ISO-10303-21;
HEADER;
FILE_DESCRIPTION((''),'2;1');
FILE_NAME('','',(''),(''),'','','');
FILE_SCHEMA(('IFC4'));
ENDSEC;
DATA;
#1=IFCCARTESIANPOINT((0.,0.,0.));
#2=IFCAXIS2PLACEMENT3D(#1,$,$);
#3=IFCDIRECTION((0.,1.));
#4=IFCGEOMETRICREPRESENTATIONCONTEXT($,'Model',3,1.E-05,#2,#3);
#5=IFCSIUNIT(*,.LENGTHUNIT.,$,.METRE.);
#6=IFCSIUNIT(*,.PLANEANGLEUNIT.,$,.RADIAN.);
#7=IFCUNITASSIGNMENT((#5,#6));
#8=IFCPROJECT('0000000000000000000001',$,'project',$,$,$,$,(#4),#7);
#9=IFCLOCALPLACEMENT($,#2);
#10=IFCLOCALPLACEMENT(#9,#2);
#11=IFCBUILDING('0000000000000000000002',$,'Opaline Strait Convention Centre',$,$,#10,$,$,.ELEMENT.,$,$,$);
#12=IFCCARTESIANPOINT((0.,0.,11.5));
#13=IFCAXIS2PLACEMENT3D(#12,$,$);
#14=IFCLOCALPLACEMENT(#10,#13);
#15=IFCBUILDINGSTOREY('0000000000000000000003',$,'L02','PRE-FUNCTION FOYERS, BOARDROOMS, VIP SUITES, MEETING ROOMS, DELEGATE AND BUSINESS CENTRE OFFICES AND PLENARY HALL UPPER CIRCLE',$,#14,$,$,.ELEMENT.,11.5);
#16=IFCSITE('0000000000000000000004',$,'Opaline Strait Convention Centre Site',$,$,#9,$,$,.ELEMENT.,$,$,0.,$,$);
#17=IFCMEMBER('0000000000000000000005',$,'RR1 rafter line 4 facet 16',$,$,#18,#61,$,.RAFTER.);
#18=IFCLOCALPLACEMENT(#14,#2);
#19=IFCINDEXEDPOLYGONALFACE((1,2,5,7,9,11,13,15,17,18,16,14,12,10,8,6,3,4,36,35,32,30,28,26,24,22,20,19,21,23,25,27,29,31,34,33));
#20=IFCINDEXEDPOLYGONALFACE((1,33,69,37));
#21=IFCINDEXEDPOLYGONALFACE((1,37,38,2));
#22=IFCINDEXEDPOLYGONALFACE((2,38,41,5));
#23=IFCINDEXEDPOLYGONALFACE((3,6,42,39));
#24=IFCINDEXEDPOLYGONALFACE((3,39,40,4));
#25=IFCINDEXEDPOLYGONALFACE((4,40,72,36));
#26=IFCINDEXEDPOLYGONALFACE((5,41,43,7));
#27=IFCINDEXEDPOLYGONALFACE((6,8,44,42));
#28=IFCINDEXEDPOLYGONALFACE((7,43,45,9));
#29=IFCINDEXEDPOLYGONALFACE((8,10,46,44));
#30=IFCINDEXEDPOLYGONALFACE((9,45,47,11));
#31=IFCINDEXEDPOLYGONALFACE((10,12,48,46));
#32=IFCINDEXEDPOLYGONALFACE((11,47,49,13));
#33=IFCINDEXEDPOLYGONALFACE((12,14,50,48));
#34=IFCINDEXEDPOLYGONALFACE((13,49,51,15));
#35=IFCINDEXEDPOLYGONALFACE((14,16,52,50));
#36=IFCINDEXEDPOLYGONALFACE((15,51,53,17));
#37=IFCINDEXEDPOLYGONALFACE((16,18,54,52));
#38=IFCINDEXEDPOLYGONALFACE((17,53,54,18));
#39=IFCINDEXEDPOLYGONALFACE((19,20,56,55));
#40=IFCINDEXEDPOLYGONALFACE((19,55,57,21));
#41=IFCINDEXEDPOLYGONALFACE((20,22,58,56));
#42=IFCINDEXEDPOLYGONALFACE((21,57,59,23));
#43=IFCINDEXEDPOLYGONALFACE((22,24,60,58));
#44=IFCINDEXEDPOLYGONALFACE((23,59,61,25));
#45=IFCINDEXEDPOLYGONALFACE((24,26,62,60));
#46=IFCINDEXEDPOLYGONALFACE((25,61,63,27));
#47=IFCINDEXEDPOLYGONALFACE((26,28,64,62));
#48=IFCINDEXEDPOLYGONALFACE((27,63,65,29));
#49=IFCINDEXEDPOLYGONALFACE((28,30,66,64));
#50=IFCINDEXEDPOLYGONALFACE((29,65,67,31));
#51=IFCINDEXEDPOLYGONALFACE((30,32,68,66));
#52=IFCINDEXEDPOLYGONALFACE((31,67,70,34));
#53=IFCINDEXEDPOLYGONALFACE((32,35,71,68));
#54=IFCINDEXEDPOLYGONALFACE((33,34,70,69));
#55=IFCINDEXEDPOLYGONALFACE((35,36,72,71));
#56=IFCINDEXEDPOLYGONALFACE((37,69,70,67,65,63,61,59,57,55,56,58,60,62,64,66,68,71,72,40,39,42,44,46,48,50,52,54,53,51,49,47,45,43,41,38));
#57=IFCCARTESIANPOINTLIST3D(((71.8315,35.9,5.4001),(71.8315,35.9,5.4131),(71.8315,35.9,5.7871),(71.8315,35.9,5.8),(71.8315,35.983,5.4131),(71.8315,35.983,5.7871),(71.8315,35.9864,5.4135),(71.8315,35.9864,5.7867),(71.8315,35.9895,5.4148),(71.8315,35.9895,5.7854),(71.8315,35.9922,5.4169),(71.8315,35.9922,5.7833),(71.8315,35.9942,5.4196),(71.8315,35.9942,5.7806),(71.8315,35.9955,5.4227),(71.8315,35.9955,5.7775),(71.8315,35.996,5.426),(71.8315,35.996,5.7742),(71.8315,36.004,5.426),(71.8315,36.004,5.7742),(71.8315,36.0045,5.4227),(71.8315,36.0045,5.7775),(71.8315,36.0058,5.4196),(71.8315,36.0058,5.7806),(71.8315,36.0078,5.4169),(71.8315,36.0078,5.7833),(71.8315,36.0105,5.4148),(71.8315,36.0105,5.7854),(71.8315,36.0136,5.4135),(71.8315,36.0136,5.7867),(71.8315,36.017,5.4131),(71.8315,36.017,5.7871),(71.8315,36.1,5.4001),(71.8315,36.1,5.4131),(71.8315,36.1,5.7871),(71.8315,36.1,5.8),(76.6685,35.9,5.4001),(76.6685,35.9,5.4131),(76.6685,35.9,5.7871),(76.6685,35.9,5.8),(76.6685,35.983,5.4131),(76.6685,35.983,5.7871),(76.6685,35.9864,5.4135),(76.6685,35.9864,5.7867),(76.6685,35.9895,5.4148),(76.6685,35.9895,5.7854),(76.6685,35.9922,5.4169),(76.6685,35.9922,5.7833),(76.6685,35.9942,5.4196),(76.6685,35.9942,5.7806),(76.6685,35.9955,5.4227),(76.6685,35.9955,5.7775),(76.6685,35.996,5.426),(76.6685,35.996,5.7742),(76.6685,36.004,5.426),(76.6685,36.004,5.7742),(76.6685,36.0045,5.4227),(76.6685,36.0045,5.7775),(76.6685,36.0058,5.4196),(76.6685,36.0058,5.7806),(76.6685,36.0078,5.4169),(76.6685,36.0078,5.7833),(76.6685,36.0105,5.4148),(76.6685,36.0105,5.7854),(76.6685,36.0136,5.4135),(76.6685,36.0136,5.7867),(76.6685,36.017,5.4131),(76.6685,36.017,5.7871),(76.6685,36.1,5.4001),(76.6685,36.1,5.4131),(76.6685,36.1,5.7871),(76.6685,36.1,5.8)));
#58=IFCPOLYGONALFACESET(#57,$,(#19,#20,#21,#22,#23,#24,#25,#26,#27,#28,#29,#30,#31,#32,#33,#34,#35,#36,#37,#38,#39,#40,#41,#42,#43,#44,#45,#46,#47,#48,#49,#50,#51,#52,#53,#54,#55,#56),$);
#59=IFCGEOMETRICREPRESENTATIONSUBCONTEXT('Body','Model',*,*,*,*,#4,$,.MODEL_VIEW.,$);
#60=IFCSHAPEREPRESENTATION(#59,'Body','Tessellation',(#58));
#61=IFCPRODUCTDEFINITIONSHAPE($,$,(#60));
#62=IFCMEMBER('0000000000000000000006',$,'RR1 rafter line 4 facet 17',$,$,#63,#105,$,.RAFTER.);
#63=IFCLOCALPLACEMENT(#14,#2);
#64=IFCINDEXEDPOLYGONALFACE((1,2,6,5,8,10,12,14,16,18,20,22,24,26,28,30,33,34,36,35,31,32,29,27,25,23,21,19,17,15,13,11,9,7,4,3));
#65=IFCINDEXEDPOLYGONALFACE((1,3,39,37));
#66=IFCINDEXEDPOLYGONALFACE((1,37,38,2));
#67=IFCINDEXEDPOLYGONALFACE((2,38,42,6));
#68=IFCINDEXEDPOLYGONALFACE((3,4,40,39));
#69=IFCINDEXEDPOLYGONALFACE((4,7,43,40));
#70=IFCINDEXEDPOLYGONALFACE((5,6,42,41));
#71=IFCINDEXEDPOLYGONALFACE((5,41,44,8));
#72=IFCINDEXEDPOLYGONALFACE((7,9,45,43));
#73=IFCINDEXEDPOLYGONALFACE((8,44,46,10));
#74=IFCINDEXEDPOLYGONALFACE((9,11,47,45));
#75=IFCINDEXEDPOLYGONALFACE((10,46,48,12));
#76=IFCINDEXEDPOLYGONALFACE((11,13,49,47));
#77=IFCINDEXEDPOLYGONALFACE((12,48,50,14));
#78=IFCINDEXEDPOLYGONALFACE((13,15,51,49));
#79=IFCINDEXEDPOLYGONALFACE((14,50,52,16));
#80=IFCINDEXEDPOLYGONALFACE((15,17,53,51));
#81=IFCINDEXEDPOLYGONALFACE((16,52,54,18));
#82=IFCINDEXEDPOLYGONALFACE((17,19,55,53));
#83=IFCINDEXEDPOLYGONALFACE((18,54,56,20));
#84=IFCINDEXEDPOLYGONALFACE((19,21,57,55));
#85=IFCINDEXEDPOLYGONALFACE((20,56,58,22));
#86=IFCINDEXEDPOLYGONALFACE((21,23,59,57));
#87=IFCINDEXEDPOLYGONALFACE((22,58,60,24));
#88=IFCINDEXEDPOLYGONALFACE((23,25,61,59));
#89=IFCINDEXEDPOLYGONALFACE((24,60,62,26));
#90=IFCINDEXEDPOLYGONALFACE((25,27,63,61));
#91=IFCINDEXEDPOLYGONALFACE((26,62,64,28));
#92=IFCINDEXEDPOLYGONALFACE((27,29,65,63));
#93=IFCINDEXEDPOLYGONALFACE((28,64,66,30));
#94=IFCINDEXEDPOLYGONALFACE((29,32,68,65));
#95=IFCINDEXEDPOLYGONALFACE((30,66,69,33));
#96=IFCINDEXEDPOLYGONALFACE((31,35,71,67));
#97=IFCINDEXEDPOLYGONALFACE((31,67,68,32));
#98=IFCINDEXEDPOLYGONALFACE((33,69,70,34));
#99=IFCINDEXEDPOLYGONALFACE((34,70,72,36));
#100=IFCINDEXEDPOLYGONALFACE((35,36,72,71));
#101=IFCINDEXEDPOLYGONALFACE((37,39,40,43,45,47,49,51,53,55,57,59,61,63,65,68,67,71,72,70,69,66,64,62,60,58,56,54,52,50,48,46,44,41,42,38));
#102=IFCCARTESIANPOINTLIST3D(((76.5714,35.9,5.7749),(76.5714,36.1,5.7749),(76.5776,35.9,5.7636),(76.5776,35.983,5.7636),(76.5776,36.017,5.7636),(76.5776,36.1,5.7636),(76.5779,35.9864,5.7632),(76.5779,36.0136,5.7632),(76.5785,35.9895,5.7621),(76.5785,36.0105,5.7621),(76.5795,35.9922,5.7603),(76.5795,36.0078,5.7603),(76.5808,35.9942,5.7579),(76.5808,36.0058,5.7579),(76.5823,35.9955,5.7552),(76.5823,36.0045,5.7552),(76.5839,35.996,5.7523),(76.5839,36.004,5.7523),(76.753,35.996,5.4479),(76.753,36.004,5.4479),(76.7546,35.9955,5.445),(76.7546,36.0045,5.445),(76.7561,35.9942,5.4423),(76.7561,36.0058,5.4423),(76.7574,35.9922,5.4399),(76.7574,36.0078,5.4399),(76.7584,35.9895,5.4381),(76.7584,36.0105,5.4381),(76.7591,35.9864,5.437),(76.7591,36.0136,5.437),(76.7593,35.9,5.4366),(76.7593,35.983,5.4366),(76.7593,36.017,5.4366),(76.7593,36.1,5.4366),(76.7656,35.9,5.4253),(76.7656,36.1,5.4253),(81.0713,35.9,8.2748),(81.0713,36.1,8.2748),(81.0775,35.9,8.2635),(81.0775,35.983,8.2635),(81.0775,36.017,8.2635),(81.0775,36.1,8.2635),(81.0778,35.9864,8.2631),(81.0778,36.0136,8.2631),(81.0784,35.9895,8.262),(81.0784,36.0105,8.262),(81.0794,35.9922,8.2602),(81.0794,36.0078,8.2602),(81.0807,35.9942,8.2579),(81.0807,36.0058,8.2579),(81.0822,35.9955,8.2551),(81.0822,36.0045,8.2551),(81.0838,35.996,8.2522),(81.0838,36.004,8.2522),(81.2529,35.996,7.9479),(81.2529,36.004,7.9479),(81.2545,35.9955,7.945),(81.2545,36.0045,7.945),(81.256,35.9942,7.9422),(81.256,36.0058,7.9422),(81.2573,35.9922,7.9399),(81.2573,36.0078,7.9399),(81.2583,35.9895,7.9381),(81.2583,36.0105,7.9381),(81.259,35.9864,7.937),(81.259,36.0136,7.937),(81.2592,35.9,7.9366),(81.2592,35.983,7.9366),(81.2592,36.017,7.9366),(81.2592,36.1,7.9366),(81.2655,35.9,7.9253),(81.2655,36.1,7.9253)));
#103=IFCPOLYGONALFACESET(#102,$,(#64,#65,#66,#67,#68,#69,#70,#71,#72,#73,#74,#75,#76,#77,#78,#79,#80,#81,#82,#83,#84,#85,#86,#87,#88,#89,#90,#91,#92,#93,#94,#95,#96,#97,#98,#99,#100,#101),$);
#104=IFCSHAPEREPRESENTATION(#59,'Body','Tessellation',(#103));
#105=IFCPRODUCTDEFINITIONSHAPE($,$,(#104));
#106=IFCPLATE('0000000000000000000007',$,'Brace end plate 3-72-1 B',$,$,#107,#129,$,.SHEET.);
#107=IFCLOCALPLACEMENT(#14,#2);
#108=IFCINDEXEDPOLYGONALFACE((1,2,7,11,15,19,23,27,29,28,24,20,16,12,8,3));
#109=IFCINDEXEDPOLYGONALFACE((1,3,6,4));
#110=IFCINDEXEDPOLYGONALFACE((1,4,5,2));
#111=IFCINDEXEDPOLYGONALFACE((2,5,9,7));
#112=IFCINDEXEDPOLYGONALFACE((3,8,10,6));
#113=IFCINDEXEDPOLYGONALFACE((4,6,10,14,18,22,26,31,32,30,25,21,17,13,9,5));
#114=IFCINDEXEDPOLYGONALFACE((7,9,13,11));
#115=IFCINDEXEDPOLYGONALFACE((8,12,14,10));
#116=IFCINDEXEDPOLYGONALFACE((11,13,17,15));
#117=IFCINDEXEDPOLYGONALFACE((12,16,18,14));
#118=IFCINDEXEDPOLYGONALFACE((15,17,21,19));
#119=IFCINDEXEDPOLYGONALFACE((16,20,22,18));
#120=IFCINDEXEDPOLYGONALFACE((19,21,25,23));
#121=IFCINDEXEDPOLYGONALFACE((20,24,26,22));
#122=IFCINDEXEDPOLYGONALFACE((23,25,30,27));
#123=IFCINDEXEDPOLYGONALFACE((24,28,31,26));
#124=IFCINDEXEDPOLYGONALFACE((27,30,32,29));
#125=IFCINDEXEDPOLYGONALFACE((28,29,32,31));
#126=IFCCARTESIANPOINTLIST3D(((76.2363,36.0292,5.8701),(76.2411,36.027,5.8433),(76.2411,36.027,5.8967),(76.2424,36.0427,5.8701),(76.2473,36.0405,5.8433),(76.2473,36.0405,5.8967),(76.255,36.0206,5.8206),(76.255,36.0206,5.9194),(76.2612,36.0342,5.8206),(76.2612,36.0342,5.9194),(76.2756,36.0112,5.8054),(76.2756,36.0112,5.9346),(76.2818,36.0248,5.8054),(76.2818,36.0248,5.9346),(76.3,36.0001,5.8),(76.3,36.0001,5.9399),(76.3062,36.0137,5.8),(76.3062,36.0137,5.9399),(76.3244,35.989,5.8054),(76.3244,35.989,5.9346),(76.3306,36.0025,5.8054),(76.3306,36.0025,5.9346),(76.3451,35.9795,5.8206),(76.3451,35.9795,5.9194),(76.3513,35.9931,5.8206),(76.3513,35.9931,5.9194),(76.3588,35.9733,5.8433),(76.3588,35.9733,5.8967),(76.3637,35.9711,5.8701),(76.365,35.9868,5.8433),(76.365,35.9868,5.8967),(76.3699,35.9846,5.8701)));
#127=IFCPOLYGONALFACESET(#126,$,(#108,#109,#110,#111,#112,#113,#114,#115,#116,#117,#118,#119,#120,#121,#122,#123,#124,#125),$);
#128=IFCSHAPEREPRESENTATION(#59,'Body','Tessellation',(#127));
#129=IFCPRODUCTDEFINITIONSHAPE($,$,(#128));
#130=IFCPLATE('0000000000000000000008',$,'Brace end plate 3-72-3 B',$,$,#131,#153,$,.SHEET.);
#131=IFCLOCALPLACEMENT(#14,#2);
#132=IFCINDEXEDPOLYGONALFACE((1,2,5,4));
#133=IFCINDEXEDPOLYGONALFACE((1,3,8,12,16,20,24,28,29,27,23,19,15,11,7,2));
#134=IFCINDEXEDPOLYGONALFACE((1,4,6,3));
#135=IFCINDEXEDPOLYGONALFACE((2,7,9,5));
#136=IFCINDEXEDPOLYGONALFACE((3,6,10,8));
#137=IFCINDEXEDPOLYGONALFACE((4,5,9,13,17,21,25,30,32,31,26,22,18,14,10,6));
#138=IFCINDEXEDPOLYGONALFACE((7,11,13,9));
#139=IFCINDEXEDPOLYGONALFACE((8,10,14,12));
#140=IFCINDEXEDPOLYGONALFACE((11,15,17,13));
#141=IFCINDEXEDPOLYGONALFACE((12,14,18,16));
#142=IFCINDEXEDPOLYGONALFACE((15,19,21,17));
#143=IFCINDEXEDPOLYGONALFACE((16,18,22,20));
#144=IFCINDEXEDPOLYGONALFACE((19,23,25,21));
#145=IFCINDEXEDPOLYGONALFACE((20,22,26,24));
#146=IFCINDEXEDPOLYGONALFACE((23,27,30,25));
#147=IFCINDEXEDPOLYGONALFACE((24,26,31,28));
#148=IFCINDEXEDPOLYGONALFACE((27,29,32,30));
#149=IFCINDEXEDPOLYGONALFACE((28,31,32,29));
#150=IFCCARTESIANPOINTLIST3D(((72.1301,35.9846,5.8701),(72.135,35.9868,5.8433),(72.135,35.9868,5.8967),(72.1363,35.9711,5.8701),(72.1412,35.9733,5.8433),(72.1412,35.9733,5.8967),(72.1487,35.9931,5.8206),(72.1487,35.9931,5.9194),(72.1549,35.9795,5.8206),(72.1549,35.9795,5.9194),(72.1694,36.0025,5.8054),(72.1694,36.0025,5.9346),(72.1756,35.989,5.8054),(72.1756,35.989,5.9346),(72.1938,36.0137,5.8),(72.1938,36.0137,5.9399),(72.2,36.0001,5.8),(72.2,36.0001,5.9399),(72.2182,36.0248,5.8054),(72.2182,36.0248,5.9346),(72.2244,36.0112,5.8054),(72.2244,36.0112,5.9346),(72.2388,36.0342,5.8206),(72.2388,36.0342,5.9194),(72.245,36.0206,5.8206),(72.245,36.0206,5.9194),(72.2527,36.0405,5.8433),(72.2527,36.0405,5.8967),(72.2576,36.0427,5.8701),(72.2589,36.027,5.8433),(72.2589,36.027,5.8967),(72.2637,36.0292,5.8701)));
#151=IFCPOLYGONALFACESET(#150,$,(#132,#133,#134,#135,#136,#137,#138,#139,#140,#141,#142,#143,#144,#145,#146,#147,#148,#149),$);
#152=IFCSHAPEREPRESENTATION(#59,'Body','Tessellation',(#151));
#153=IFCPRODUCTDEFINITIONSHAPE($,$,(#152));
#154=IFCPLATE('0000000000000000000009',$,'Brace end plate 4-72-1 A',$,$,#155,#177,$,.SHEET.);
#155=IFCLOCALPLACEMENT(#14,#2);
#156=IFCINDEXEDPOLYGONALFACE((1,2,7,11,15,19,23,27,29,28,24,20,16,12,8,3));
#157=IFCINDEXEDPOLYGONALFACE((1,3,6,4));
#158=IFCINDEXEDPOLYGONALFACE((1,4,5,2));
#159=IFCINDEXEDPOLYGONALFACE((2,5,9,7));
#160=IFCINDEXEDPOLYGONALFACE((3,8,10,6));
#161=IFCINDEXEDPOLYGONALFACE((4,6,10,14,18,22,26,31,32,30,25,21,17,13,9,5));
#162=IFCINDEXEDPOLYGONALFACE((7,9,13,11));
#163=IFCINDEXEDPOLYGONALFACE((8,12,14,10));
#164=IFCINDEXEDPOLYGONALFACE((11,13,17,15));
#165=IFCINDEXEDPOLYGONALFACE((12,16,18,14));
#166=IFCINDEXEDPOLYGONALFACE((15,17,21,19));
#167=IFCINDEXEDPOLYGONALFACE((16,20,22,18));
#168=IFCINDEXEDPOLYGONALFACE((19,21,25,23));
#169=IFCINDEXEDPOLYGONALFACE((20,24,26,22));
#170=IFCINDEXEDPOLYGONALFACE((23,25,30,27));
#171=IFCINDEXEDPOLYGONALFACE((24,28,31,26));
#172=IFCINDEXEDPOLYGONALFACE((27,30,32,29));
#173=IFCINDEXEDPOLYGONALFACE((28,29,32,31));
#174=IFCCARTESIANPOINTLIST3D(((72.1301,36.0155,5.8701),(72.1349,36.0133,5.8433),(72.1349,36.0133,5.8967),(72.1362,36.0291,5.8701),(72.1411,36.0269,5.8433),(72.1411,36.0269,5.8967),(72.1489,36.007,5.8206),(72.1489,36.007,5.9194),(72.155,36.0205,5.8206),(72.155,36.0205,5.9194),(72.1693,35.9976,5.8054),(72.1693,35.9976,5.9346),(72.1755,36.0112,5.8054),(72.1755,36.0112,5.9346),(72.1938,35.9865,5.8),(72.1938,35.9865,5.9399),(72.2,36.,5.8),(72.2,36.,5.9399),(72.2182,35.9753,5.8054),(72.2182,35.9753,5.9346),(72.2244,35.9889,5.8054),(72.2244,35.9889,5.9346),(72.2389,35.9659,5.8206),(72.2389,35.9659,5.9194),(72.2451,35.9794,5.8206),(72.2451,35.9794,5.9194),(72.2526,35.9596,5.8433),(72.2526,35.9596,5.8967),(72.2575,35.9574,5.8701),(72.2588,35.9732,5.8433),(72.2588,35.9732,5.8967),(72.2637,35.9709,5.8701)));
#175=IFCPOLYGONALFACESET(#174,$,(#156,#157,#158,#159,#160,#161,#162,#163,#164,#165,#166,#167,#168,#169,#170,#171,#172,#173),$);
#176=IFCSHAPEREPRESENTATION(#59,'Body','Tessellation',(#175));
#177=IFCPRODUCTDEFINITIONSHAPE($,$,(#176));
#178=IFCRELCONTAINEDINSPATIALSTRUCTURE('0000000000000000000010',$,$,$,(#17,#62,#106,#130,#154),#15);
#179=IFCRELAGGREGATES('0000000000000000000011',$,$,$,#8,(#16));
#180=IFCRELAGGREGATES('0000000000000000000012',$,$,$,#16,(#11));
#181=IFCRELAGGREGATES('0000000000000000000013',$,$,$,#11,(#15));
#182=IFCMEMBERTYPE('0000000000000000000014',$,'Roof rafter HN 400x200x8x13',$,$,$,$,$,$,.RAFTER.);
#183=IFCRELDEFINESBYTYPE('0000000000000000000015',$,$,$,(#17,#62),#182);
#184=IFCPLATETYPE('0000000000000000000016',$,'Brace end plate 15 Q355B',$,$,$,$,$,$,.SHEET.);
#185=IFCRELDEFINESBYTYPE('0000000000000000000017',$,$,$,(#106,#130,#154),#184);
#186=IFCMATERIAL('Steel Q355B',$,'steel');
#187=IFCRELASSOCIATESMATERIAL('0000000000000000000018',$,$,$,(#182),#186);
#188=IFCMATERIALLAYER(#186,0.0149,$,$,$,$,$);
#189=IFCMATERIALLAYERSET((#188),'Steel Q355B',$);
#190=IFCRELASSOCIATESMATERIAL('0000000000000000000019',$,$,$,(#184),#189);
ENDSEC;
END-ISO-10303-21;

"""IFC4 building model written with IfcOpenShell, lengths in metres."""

from ifc_helpers import new_model, si_unit, direction, frame, origin, origin_2d, place, context, subcontext, project, spatial, polyline, i_section, outline, extrude, material, layer, layer_set, material_profile, profile_set, type_object, element, save


model = new_model("IFC4")

# Units and contexts
model_context = context("Model", 3, precision=1e-05, world=origin(), true_north=direction((0.0, 1.0)))
body_context = subcontext(model_context, "Body", "Model", "MODEL_VIEW")
ifc_project = project(units=[si_unit("LENGTHUNIT", "METRE"), si_unit("PLANEANGLEUNIT", "RADIAN")], contexts=[model_context])

# Site, building, storey
site_placement = place(None, origin())
site = spatial("IfcSite", under=ifc_project, at=site_placement, Name="Opaline Strait Convention Centre Site", CompositionType="ELEMENT", RefElevation=0.0)
building_placement = place(site_placement, origin())
building = spatial("IfcBuilding", under=site, at=building_placement, Name="Opaline Strait Convention Centre", CompositionType="ELEMENT")
storey_placement = place(building_placement, frame((0.0, 0.0, 11.5)))
storey = spatial("IfcBuildingStorey", under=building, at=storey_placement, Name="L02", Description="PRE-FUNCTION FOYERS, BOARDROOMS, VIP SUITES, MEETING ROOMS, DELEGATE AND BUSINESS CENTRE OFFICES AND PLENARY HALL UPPER CIRCLE", CompositionType="ELEMENT", Elevation=11.5)

# Shared definitions
ifc_material_1 = material(Name="Steel Q355B", Category="steel")

# Members
ifc_material_profile_1 = material_profile(ifc_material_1, i_section(OverallWidth=0.2, OverallDepth=0.3999, WebThickness=0.0081, FlangeThickness=0.0129, FilletRadius=0.0129, at=origin_2d()), Name="HN 400x200x8x13")
ifc_profile_set_1 = profile_set([ifc_material_profile_1], Name="Steel Q355B")
member_type_1 = type_object("IfcMemberType", Name="Roof rafter HN 400x200x8x13", PredefinedType="RAFTER", material=ifc_profile_set_1)
member_1_placement = place(storey_placement, frame((71.8315, 36.0, 5.6001), z_axis=(1.0, 0.0, 0.0), x_axis=(0.0, 1.0, 0.0)))
element("IfcMember", 1, at=member_1_placement, inside=storey, type_object=member_type_1, Name="RR1 rafter line 4 facet 16", PredefinedType="RAFTER", context=body_context, shape_type="SweptSolid", body=[
    extrude(i_section(OverallWidth=0.2, OverallDepth=0.3999, WebThickness=0.0081, FlangeThickness=0.0129, FilletRadius=0.0129, at=origin_2d()), origin(), (0.0, 0.0, 1.0), 4.8369),
])
member_2_placement = place(storey_placement, frame((76.6685, 36.0, 5.6001), z_axis=(0.874157, 0.0, 0.485643), x_axis=(0.0, 1.0, 0.0)))
element("IfcMember", 2, at=member_2_placement, inside=storey, type_object=member_type_1, Name="RR1 rafter line 4 facet 17", PredefinedType="RAFTER", context=body_context, shape_type="SweptSolid", body=[
    extrude(i_section(OverallWidth=0.2, OverallDepth=0.3999, WebThickness=0.0081, FlangeThickness=0.0129, FilletRadius=0.0129, at=origin_2d()), origin(), (0.0, 0.0, 1.0), 5.1477),
])

# Plates
ifc_layer_1 = layer(ifc_material_1, 0.0149)
ifc_layer_set_1 = layer_set([ifc_layer_1], Name="Steel Q355B")
plate_type = type_object("IfcPlateType", Name="Brace end plate 15 Q355B", PredefinedType="SHEET", material=ifc_layer_set_1)
plate_1_placement = place(storey_placement, frame((76.3699, 35.9846, 5.8701), z_axis=(0.414837, 0.909896, 0.0), x_axis=(-0.177911, 0.081112, -0.980698)))
element("IfcPlate", 3, at=plate_1_placement, inside=storey, type_object=plate_type, Name="Brace end plate 3-72-1 B", PredefinedType="SHEET", context=body_context, shape_type="SweptSolid", body=[
    extrude(outline(polyline([(0.0, 0.0), (0.0274, 0.0), (0.0526, 0.0103), (0.0719, 0.0297), (0.0824, 0.055), (0.0824, 0.0823), (0.072, 0.1074), (0.0527, 0.1269), (0.0274, 0.1374), (0.0002, 0.1373), (-0.025, 0.1268), (-0.0443, 0.1075), (-0.0548, 0.0823), (-0.0548, 0.0549), (-0.0444, 0.0297), (-0.0251, 0.0105), (0.0, 0.0)])), origin(), (0.0, 0.0, -1.0), 0.0149),
])
plate_2_placement = place(storey_placement, frame((72.2576, 36.0427, 5.8701), z_axis=(-0.414837, 0.909896, 0.0), x_axis=(-0.177911, -0.081112, -0.980698)))
element("IfcPlate", 4, at=plate_2_placement, inside=storey, type_object=plate_type, Name="Brace end plate 3-72-3 B", PredefinedType="SHEET", context=body_context, shape_type="SweptSolid", body=[
    extrude(outline(polyline([(0.0, 0.0), (0.0274, 0.0), (0.0526, 0.0106), (0.0719, 0.0298), (0.0824, 0.055), (0.0824, 0.0824), (0.072, 0.1076), (0.0527, 0.1269), (0.0274, 0.1374), (0.0002, 0.1373), (-0.025, 0.127), (-0.0443, 0.1076), (-0.0548, 0.0823), (-0.0548, 0.055), (-0.0443, 0.0299), (-0.0251, 0.0105), (0.0, 0.0)])), origin(), (0.0, 0.0, -1.0), 0.0149),
])
plate_3_placement = place(storey_placement, frame((72.2637, 35.9709, 5.8701), z_axis=(0.415113, 0.90977, 0.0), x_axis=(-0.177886, 0.081166, -0.980698)))
element("IfcPlate", 5, at=plate_3_placement, inside=storey, type_object=plate_type, Name="Brace end plate 4-72-1 A", PredefinedType="SHEET", context=body_context, shape_type="SweptSolid", body=[
    extrude(outline(polyline([(0.0, 0.0), (0.0274, 0.0), (0.0526, 0.0103), (0.0719, 0.0297), (0.0824, 0.055), (0.0824, 0.0824), (0.072, 0.1074), (0.0527, 0.1269), (0.0274, 0.1374), (0.0002, 0.1373), (-0.025, 0.1268), (-0.0443, 0.1076), (-0.0548, 0.0823), (-0.0548, 0.0549), (-0.0444, 0.0297), (-0.0251, 0.0105), (0.0, 0.0)])), origin(), (0.0, 0.0, -1.0), 0.0149),
])

save(model, "model.ifc")
